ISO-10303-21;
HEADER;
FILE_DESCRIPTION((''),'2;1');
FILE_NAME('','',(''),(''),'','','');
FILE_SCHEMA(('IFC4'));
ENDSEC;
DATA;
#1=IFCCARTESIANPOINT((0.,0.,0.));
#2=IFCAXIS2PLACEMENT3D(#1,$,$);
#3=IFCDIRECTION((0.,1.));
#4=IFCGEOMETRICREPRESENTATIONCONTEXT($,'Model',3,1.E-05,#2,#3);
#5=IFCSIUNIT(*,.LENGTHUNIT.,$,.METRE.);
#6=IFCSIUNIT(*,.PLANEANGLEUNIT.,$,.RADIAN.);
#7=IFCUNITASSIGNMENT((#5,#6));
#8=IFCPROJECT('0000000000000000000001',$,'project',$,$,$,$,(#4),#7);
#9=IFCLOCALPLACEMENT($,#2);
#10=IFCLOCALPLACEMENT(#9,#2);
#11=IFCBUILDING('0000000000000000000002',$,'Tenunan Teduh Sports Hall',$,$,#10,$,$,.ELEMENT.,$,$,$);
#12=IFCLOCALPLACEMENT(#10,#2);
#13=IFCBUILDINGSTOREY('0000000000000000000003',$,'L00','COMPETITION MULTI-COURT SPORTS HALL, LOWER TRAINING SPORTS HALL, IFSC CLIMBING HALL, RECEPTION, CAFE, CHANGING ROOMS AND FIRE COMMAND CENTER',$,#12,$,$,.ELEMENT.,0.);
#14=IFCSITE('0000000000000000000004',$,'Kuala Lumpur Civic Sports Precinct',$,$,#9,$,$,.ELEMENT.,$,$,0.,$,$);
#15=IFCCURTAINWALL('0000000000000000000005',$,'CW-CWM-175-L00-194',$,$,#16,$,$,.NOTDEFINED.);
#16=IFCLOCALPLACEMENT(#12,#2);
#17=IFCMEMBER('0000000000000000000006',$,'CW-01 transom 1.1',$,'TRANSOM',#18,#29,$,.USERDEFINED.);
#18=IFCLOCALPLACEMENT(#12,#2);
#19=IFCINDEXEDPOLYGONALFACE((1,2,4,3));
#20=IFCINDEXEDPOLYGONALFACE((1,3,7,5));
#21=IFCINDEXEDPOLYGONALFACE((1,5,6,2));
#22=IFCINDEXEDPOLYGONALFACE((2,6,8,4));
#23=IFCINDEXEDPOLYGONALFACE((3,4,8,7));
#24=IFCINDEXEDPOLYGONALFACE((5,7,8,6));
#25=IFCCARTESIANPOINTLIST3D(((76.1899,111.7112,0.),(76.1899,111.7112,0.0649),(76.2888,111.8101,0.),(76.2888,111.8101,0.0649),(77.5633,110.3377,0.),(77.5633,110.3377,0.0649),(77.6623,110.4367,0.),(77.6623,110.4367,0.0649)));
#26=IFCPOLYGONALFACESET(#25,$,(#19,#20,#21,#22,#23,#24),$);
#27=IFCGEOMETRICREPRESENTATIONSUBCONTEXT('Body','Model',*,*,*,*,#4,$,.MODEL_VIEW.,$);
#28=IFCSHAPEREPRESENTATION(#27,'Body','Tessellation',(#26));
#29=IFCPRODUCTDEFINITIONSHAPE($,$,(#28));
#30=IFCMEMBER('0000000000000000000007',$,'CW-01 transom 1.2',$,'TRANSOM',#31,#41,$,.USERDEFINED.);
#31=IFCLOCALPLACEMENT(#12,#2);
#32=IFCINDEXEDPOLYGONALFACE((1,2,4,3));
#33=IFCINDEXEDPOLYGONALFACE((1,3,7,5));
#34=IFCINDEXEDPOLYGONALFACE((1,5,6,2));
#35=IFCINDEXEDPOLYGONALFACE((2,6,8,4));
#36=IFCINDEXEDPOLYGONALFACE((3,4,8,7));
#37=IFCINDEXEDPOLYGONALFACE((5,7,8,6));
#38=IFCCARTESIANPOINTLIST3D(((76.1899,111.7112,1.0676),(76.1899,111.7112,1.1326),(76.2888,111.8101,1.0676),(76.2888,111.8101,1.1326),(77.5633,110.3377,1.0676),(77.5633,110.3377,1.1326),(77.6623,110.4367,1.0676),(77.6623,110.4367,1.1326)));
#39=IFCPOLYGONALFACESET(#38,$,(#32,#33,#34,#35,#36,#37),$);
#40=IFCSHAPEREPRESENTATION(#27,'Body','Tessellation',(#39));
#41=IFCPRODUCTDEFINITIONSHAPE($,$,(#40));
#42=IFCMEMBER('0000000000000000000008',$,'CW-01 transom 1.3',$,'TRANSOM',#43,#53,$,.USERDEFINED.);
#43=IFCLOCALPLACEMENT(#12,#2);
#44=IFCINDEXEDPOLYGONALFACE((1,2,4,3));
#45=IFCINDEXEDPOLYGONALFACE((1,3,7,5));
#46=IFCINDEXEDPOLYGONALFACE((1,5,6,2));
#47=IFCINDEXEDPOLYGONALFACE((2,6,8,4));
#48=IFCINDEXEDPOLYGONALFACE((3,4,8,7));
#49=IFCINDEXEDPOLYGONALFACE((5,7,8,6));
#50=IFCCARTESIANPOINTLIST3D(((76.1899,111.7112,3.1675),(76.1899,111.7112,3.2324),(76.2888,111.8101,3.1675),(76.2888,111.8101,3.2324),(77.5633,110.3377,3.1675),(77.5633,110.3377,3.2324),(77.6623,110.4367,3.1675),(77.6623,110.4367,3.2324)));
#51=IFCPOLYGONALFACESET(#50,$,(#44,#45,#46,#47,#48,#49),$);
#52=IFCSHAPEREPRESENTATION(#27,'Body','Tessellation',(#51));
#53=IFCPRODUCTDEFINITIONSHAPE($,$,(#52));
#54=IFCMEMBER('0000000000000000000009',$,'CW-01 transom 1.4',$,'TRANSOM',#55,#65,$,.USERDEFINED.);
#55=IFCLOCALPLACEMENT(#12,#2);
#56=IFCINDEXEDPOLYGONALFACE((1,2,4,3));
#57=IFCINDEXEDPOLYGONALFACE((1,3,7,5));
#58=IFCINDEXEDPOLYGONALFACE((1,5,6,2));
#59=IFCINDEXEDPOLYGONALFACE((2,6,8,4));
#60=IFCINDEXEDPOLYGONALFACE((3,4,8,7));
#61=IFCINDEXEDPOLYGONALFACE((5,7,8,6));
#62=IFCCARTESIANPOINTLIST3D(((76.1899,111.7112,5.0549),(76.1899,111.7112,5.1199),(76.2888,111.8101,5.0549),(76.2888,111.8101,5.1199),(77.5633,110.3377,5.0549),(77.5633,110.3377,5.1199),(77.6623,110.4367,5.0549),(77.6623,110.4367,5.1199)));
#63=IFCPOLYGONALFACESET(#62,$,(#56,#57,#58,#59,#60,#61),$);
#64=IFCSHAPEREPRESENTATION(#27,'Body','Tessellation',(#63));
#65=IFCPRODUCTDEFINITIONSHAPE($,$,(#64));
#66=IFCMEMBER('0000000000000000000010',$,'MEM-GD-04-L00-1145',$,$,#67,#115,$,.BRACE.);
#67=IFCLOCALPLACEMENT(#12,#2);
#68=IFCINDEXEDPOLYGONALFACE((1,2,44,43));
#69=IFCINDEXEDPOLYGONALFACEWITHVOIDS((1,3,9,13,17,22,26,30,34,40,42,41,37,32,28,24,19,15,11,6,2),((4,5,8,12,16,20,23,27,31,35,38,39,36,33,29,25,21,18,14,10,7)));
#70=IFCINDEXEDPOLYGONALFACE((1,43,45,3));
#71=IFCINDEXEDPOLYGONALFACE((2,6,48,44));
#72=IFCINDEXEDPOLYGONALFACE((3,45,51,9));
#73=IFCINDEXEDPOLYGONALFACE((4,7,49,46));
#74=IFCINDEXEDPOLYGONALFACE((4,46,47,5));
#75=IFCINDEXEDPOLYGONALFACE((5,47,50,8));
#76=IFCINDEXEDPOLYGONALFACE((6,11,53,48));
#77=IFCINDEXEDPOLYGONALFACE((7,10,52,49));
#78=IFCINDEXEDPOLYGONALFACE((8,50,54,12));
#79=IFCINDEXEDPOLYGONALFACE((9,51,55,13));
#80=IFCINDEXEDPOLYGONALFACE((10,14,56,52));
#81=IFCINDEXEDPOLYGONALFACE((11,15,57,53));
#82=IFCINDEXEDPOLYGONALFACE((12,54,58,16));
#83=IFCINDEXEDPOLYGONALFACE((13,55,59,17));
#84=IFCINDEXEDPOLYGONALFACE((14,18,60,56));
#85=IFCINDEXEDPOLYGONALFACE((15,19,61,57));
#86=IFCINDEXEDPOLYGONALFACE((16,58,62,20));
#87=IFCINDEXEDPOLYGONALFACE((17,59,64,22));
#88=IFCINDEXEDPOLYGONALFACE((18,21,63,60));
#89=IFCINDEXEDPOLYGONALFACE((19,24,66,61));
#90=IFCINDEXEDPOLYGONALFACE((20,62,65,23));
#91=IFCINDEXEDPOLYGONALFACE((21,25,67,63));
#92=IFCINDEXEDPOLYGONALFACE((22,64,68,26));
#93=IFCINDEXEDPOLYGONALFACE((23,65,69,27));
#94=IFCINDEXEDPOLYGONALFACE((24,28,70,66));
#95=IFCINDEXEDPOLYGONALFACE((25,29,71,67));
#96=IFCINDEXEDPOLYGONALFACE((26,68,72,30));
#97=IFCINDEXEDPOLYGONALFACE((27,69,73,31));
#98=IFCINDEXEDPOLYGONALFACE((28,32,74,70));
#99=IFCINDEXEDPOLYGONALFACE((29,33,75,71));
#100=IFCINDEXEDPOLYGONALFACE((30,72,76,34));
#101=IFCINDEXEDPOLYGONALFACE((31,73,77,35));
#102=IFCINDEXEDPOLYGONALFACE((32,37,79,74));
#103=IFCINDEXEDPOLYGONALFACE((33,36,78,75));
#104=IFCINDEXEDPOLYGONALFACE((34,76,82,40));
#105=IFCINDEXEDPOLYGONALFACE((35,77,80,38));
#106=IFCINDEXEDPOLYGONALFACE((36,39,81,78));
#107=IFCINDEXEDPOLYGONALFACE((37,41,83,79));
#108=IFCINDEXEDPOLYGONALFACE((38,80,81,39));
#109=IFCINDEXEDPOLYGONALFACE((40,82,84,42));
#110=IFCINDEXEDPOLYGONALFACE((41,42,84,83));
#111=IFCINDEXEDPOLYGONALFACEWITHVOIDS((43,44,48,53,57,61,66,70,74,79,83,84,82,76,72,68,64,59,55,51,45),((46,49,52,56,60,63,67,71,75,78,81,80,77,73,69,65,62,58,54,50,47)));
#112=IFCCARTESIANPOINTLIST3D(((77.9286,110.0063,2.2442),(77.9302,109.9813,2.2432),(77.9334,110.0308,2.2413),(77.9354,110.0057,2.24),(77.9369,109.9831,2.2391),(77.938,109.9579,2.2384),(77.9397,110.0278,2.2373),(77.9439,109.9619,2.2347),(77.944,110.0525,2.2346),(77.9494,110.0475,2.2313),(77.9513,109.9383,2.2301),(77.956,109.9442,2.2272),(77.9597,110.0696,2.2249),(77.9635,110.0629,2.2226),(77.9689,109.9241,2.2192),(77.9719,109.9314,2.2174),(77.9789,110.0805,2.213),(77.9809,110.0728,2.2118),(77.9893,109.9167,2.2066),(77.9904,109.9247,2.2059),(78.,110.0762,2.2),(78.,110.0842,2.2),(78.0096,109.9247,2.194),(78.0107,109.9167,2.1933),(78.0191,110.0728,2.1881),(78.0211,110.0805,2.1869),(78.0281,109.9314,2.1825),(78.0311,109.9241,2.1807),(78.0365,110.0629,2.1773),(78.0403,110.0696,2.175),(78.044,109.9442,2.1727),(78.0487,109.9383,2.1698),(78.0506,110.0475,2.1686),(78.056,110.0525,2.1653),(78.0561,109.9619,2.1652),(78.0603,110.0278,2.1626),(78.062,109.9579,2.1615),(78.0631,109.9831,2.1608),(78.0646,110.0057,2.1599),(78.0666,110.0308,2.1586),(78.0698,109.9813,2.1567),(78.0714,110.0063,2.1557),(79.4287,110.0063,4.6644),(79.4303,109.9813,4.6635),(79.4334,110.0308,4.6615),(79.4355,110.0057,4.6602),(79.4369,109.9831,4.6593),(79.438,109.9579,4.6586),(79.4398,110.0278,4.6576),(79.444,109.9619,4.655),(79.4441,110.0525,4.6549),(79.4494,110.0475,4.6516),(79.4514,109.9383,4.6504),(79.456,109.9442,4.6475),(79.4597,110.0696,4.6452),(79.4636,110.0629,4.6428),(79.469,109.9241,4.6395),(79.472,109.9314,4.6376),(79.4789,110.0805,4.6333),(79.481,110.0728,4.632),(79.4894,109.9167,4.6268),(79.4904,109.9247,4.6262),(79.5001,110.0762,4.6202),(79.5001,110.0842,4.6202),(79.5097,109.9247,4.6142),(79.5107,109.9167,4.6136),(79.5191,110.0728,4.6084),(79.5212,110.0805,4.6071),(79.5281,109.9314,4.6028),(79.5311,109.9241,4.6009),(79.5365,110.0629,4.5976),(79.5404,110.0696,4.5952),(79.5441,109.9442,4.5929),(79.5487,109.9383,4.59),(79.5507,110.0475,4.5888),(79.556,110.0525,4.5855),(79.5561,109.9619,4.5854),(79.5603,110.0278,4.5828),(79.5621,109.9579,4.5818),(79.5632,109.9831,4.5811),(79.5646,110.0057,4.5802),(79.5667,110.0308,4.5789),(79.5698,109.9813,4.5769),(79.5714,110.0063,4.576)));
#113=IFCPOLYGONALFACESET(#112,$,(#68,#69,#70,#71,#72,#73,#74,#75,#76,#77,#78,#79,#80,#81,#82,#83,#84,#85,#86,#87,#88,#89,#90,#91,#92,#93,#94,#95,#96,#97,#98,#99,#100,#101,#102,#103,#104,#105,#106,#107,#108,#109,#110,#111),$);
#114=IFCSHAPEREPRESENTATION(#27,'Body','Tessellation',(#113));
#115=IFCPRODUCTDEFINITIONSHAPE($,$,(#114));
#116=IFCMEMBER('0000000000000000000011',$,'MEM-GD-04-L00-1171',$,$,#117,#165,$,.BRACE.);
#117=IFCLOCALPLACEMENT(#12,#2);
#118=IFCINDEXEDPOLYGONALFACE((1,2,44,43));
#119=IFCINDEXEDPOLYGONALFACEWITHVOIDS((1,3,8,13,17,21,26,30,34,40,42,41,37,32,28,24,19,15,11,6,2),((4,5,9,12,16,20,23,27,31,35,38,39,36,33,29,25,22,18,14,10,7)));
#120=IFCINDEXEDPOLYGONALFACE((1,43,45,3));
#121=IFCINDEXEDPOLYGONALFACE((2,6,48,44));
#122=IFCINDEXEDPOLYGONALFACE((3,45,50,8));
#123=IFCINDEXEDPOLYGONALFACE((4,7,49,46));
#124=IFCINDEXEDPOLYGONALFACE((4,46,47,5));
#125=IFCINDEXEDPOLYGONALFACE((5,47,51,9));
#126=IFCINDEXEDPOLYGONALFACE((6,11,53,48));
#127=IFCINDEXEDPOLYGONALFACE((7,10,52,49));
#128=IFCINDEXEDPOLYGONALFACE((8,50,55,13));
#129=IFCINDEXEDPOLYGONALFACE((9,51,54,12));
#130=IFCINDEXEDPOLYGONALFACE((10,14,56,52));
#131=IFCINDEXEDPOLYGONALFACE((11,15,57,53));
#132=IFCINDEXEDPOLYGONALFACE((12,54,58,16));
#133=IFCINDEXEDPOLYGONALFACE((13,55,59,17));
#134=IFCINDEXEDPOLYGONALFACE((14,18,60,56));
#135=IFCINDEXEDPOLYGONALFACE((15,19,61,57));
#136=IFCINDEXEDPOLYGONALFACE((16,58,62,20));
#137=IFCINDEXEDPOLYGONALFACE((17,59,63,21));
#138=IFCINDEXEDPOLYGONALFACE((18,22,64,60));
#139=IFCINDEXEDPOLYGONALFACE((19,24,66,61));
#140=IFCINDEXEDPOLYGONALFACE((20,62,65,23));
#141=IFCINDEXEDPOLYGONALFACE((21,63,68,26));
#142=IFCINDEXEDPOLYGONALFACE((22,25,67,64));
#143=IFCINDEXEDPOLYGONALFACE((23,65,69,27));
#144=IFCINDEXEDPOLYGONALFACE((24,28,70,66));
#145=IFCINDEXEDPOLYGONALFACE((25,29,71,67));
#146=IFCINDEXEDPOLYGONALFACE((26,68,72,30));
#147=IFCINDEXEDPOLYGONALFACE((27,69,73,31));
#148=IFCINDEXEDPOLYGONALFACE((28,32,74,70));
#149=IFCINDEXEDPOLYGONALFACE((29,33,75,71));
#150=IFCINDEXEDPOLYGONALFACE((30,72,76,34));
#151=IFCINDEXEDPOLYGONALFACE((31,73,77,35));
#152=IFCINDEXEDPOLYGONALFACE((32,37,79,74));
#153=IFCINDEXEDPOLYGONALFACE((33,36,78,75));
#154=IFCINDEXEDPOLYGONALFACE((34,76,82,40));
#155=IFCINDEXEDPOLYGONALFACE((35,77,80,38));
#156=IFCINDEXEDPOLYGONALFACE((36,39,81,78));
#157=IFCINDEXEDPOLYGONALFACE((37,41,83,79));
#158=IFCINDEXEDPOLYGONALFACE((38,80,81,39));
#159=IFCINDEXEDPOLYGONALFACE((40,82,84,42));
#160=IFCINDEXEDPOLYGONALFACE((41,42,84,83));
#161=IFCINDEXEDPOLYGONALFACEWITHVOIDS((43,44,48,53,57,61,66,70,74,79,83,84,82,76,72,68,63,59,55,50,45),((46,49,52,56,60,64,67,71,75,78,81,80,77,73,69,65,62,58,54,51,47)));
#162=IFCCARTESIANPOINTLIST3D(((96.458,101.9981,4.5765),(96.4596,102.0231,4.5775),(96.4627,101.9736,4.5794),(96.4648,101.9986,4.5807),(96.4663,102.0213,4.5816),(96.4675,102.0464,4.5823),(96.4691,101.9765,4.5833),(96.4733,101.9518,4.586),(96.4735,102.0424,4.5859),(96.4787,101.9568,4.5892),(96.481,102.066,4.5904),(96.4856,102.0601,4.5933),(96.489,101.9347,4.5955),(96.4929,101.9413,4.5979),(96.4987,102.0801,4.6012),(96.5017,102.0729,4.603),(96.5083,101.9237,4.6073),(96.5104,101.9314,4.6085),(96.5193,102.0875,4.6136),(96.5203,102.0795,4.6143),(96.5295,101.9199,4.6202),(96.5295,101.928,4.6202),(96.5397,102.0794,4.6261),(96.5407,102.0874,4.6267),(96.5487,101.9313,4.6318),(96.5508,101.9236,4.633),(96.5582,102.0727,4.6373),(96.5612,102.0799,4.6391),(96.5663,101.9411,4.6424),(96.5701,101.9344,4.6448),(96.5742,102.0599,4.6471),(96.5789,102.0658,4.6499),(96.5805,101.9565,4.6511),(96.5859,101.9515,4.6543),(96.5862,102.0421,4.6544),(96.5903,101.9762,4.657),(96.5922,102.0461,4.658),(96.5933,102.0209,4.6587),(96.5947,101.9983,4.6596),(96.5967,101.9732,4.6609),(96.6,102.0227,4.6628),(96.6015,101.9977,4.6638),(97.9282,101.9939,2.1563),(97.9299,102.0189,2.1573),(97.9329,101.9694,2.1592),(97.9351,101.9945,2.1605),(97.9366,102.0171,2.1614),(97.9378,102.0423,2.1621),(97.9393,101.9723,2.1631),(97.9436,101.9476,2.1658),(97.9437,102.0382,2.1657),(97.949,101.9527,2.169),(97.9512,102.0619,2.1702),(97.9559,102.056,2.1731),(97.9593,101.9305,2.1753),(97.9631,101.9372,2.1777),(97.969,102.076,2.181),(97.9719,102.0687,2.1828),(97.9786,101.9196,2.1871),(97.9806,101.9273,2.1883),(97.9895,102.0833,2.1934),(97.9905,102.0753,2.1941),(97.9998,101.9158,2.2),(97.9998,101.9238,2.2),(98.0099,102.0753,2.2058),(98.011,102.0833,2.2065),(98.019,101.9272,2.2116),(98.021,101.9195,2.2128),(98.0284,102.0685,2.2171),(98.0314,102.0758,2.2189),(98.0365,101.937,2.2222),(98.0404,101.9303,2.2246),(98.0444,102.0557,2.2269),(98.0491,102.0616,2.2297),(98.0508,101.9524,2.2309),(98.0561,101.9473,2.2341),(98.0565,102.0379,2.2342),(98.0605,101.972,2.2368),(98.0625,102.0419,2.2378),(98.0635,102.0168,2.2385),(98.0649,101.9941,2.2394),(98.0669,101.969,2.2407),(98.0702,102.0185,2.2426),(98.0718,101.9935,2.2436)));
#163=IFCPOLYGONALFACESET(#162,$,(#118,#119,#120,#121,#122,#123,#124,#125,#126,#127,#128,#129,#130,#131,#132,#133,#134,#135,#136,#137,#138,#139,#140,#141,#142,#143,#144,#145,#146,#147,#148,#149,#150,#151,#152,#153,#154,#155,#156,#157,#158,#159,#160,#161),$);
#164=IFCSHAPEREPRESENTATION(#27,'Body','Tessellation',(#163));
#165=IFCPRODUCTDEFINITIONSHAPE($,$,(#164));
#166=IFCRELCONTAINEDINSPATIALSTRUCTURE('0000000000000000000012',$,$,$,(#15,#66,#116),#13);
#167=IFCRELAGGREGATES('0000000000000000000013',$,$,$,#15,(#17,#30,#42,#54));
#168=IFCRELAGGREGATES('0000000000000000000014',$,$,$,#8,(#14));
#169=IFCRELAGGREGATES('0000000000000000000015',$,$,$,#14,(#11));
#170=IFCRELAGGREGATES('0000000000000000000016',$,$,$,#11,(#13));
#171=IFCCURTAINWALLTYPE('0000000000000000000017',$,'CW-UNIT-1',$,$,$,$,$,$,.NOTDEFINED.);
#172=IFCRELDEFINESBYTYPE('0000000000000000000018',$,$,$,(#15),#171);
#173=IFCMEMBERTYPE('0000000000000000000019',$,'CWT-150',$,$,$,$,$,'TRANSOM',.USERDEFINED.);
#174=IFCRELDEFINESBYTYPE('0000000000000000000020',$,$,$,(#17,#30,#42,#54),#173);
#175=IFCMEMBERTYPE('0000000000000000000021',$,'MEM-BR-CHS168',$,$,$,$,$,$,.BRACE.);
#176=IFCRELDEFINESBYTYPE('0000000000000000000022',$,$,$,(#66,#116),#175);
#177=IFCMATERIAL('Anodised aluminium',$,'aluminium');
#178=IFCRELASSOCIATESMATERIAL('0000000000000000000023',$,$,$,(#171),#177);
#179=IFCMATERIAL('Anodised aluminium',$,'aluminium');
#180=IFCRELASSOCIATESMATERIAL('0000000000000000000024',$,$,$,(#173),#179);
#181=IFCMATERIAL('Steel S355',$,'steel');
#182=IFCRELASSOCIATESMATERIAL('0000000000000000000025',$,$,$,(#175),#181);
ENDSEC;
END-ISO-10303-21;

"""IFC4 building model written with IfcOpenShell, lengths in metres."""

from ifc_helpers import new_model, si_unit, direction, frame, origin, origin_2d, place, context, subcontext, project, spatial, rectangle, hollow_circle, extrude, material, material_profile, profile_set, type_object, element, aggregate, save


model = new_model("IFC4")

# Units and contexts
model_context = context("Model", 3, precision=1e-05, world=origin(), true_north=direction((0.0, 1.0)))
body_context = subcontext(model_context, "Body", "Model", "MODEL_VIEW")
ifc_project = project(units=[si_unit("LENGTHUNIT", "METRE"), si_unit("PLANEANGLEUNIT", "RADIAN")], contexts=[model_context])

# Site, building, storey
site_placement = place(None, origin())
site = spatial("IfcSite", under=ifc_project, at=site_placement, Name="Kuala Lumpur Civic Sports Precinct", CompositionType="ELEMENT", RefElevation=0.0)
building_placement = place(site_placement, origin())
building = spatial("IfcBuilding", under=site, at=building_placement, Name="Tenunan Teduh Sports Hall", CompositionType="ELEMENT")
storey_placement = place(building_placement, origin())
storey = spatial("IfcBuildingStorey", under=building, at=storey_placement, Name="L00", Description="COMPETITION MULTI-COURT SPORTS HALL, LOWER TRAINING SPORTS HALL, IFSC CLIMBING HALL, RECEPTION, CAFE, CHANGING ROOMS AND FIRE COMMAND CENTER", CompositionType="ELEMENT", Elevation=0.0)

# Curtain wall, members
ifc_material_1 = material(Name="Anodised aluminium", Category="aluminium")
curtain_wall_type = type_object("IfcCurtainWallType", Name="CW-UNIT-1", PredefinedType="NOTDEFINED", material=ifc_material_1)
curtain_wall_placement = place(storey_placement, origin())
curtain_wall = element("IfcCurtainWall", 1, at=curtain_wall_placement, inside=storey, type_object=curtain_wall_type, Name="CW-CWM-175-L00-194", PredefinedType="NOTDEFINED")
ifc_material_2 = material(Name="Anodised aluminium", Category="aluminium")
ifc_material_profile_1 = material_profile(ifc_material_2, rectangle(XDim=0.0649, YDim=0.1399, at=origin_2d()), Name="CWT 65x140")
ifc_profile_set_1 = profile_set([ifc_material_profile_1], Name="Anodised aluminium")
member_type_1 = type_object("IfcMemberType", Name="CWT-150", ElementType="TRANSOM", PredefinedType="USERDEFINED", material=ifc_profile_set_1)
member_1_placement = place(storey_placement, frame((77.6128, 110.3872, 0.0325), z_axis=(-0.707107, 0.707107, 0.0), x_axis=(0.0, 0.0, 1.0)))
member_1 = element("IfcMember", 2, at=member_1_placement, type_object=member_type_1, Name="CW-01 transom 1.1", ObjectType="TRANSOM", PredefinedType="USERDEFINED", context=body_context, shape_type="SweptSolid", body=[
    extrude(rectangle(XDim=0.0649, YDim=0.1399, at=origin_2d()), origin(), (0.0, 0.0, 1.0), 1.9424),
])
member_2_placement = place(storey_placement, frame((77.6128, 110.3872, 1.1001), z_axis=(-0.707107, 0.707107, 0.0), x_axis=(0.0, 0.0, 1.0)))
member_2 = element("IfcMember", 3, at=member_2_placement, type_object=member_type_1, Name="CW-01 transom 1.2", ObjectType="TRANSOM", PredefinedType="USERDEFINED", context=body_context, shape_type="SweptSolid", body=[
    extrude(rectangle(XDim=0.0649, YDim=0.1399, at=origin_2d()), origin(), (0.0, 0.0, 1.0), 1.9424),
])
member_3_placement = place(storey_placement, frame((77.6128, 110.3872, 3.2), z_axis=(-0.707107, 0.707107, 0.0), x_axis=(0.0, 0.0, 1.0)))
member_3 = element("IfcMember", 4, at=member_3_placement, type_object=member_type_1, Name="CW-01 transom 1.3", ObjectType="TRANSOM", PredefinedType="USERDEFINED", context=body_context, shape_type="SweptSolid", body=[
    extrude(rectangle(XDim=0.0649, YDim=0.1399, at=origin_2d()), origin(), (0.0, 0.0, 1.0), 1.9424),
])
member_4_placement = place(storey_placement, frame((77.6128, 110.3872, 5.0874), z_axis=(-0.707107, 0.707107, 0.0), x_axis=(0.0, 0.0, 1.0)))
member_4 = element("IfcMember", 5, at=member_4_placement, type_object=member_type_1, Name="CW-01 transom 1.4", ObjectType="TRANSOM", PredefinedType="USERDEFINED", context=body_context, shape_type="SweptSolid", body=[
    extrude(rectangle(XDim=0.0649, YDim=0.1399, at=origin_2d()), origin(), (0.0, 0.0, 1.0), 1.9424),
])

# Members
ifc_material_3 = material(Name="Steel S355", Category="steel")
ifc_material_profile_2 = material_profile(ifc_material_3, hollow_circle(Radius=0.0842, WallThickness=0.0081, at=origin_2d()), Name="CHS 168.3x8.0")
ifc_profile_set_2 = profile_set([ifc_material_profile_2], Name="Steel S355")
member_type_2 = type_object("IfcMemberType", Name="MEM-BR-CHS168", PredefinedType="BRACE", material=ifc_profile_set_2)
member_5_placement = place(storey_placement, frame((78.0, 110.0, 2.2), z_axis=(0.526812, 0.0, 0.849982), x_axis=(0.0, 1.0, 0.0)))
element("IfcMember", 6, at=member_5_placement, inside=storey, type_object=member_type_2, Name="MEM-GD-04-L00-1145", PredefinedType="BRACE", context=body_context, shape_type="SweptSolid", body=[
    extrude(hollow_circle(Radius=0.0842, WallThickness=0.0081, at=origin_2d()), origin(), (0.0, 0.0, 1.0), 2.8474),
])
member_6_placement = place(storey_placement, frame((98.0, 102.0, 2.2), z_axis=(-0.519191, 0.001466, 0.854657), x_axis=(-0.002823, -0.999996, 0.0)))
element("IfcMember", 7, at=member_6_placement, inside=storey, type_object=member_type_2, Name="MEM-GD-04-L00-1171", PredefinedType="BRACE", context=body_context, shape_type="SweptSolid", body=[
    extrude(hollow_circle(Radius=0.0842, WallThickness=0.0081, at=origin_2d()), origin(), (0.0, 0.0, 1.0), 2.8318),
])

aggregate(curtain_wall, [member_1, member_2, member_3, member_4])

save(model, "model.ifc")
